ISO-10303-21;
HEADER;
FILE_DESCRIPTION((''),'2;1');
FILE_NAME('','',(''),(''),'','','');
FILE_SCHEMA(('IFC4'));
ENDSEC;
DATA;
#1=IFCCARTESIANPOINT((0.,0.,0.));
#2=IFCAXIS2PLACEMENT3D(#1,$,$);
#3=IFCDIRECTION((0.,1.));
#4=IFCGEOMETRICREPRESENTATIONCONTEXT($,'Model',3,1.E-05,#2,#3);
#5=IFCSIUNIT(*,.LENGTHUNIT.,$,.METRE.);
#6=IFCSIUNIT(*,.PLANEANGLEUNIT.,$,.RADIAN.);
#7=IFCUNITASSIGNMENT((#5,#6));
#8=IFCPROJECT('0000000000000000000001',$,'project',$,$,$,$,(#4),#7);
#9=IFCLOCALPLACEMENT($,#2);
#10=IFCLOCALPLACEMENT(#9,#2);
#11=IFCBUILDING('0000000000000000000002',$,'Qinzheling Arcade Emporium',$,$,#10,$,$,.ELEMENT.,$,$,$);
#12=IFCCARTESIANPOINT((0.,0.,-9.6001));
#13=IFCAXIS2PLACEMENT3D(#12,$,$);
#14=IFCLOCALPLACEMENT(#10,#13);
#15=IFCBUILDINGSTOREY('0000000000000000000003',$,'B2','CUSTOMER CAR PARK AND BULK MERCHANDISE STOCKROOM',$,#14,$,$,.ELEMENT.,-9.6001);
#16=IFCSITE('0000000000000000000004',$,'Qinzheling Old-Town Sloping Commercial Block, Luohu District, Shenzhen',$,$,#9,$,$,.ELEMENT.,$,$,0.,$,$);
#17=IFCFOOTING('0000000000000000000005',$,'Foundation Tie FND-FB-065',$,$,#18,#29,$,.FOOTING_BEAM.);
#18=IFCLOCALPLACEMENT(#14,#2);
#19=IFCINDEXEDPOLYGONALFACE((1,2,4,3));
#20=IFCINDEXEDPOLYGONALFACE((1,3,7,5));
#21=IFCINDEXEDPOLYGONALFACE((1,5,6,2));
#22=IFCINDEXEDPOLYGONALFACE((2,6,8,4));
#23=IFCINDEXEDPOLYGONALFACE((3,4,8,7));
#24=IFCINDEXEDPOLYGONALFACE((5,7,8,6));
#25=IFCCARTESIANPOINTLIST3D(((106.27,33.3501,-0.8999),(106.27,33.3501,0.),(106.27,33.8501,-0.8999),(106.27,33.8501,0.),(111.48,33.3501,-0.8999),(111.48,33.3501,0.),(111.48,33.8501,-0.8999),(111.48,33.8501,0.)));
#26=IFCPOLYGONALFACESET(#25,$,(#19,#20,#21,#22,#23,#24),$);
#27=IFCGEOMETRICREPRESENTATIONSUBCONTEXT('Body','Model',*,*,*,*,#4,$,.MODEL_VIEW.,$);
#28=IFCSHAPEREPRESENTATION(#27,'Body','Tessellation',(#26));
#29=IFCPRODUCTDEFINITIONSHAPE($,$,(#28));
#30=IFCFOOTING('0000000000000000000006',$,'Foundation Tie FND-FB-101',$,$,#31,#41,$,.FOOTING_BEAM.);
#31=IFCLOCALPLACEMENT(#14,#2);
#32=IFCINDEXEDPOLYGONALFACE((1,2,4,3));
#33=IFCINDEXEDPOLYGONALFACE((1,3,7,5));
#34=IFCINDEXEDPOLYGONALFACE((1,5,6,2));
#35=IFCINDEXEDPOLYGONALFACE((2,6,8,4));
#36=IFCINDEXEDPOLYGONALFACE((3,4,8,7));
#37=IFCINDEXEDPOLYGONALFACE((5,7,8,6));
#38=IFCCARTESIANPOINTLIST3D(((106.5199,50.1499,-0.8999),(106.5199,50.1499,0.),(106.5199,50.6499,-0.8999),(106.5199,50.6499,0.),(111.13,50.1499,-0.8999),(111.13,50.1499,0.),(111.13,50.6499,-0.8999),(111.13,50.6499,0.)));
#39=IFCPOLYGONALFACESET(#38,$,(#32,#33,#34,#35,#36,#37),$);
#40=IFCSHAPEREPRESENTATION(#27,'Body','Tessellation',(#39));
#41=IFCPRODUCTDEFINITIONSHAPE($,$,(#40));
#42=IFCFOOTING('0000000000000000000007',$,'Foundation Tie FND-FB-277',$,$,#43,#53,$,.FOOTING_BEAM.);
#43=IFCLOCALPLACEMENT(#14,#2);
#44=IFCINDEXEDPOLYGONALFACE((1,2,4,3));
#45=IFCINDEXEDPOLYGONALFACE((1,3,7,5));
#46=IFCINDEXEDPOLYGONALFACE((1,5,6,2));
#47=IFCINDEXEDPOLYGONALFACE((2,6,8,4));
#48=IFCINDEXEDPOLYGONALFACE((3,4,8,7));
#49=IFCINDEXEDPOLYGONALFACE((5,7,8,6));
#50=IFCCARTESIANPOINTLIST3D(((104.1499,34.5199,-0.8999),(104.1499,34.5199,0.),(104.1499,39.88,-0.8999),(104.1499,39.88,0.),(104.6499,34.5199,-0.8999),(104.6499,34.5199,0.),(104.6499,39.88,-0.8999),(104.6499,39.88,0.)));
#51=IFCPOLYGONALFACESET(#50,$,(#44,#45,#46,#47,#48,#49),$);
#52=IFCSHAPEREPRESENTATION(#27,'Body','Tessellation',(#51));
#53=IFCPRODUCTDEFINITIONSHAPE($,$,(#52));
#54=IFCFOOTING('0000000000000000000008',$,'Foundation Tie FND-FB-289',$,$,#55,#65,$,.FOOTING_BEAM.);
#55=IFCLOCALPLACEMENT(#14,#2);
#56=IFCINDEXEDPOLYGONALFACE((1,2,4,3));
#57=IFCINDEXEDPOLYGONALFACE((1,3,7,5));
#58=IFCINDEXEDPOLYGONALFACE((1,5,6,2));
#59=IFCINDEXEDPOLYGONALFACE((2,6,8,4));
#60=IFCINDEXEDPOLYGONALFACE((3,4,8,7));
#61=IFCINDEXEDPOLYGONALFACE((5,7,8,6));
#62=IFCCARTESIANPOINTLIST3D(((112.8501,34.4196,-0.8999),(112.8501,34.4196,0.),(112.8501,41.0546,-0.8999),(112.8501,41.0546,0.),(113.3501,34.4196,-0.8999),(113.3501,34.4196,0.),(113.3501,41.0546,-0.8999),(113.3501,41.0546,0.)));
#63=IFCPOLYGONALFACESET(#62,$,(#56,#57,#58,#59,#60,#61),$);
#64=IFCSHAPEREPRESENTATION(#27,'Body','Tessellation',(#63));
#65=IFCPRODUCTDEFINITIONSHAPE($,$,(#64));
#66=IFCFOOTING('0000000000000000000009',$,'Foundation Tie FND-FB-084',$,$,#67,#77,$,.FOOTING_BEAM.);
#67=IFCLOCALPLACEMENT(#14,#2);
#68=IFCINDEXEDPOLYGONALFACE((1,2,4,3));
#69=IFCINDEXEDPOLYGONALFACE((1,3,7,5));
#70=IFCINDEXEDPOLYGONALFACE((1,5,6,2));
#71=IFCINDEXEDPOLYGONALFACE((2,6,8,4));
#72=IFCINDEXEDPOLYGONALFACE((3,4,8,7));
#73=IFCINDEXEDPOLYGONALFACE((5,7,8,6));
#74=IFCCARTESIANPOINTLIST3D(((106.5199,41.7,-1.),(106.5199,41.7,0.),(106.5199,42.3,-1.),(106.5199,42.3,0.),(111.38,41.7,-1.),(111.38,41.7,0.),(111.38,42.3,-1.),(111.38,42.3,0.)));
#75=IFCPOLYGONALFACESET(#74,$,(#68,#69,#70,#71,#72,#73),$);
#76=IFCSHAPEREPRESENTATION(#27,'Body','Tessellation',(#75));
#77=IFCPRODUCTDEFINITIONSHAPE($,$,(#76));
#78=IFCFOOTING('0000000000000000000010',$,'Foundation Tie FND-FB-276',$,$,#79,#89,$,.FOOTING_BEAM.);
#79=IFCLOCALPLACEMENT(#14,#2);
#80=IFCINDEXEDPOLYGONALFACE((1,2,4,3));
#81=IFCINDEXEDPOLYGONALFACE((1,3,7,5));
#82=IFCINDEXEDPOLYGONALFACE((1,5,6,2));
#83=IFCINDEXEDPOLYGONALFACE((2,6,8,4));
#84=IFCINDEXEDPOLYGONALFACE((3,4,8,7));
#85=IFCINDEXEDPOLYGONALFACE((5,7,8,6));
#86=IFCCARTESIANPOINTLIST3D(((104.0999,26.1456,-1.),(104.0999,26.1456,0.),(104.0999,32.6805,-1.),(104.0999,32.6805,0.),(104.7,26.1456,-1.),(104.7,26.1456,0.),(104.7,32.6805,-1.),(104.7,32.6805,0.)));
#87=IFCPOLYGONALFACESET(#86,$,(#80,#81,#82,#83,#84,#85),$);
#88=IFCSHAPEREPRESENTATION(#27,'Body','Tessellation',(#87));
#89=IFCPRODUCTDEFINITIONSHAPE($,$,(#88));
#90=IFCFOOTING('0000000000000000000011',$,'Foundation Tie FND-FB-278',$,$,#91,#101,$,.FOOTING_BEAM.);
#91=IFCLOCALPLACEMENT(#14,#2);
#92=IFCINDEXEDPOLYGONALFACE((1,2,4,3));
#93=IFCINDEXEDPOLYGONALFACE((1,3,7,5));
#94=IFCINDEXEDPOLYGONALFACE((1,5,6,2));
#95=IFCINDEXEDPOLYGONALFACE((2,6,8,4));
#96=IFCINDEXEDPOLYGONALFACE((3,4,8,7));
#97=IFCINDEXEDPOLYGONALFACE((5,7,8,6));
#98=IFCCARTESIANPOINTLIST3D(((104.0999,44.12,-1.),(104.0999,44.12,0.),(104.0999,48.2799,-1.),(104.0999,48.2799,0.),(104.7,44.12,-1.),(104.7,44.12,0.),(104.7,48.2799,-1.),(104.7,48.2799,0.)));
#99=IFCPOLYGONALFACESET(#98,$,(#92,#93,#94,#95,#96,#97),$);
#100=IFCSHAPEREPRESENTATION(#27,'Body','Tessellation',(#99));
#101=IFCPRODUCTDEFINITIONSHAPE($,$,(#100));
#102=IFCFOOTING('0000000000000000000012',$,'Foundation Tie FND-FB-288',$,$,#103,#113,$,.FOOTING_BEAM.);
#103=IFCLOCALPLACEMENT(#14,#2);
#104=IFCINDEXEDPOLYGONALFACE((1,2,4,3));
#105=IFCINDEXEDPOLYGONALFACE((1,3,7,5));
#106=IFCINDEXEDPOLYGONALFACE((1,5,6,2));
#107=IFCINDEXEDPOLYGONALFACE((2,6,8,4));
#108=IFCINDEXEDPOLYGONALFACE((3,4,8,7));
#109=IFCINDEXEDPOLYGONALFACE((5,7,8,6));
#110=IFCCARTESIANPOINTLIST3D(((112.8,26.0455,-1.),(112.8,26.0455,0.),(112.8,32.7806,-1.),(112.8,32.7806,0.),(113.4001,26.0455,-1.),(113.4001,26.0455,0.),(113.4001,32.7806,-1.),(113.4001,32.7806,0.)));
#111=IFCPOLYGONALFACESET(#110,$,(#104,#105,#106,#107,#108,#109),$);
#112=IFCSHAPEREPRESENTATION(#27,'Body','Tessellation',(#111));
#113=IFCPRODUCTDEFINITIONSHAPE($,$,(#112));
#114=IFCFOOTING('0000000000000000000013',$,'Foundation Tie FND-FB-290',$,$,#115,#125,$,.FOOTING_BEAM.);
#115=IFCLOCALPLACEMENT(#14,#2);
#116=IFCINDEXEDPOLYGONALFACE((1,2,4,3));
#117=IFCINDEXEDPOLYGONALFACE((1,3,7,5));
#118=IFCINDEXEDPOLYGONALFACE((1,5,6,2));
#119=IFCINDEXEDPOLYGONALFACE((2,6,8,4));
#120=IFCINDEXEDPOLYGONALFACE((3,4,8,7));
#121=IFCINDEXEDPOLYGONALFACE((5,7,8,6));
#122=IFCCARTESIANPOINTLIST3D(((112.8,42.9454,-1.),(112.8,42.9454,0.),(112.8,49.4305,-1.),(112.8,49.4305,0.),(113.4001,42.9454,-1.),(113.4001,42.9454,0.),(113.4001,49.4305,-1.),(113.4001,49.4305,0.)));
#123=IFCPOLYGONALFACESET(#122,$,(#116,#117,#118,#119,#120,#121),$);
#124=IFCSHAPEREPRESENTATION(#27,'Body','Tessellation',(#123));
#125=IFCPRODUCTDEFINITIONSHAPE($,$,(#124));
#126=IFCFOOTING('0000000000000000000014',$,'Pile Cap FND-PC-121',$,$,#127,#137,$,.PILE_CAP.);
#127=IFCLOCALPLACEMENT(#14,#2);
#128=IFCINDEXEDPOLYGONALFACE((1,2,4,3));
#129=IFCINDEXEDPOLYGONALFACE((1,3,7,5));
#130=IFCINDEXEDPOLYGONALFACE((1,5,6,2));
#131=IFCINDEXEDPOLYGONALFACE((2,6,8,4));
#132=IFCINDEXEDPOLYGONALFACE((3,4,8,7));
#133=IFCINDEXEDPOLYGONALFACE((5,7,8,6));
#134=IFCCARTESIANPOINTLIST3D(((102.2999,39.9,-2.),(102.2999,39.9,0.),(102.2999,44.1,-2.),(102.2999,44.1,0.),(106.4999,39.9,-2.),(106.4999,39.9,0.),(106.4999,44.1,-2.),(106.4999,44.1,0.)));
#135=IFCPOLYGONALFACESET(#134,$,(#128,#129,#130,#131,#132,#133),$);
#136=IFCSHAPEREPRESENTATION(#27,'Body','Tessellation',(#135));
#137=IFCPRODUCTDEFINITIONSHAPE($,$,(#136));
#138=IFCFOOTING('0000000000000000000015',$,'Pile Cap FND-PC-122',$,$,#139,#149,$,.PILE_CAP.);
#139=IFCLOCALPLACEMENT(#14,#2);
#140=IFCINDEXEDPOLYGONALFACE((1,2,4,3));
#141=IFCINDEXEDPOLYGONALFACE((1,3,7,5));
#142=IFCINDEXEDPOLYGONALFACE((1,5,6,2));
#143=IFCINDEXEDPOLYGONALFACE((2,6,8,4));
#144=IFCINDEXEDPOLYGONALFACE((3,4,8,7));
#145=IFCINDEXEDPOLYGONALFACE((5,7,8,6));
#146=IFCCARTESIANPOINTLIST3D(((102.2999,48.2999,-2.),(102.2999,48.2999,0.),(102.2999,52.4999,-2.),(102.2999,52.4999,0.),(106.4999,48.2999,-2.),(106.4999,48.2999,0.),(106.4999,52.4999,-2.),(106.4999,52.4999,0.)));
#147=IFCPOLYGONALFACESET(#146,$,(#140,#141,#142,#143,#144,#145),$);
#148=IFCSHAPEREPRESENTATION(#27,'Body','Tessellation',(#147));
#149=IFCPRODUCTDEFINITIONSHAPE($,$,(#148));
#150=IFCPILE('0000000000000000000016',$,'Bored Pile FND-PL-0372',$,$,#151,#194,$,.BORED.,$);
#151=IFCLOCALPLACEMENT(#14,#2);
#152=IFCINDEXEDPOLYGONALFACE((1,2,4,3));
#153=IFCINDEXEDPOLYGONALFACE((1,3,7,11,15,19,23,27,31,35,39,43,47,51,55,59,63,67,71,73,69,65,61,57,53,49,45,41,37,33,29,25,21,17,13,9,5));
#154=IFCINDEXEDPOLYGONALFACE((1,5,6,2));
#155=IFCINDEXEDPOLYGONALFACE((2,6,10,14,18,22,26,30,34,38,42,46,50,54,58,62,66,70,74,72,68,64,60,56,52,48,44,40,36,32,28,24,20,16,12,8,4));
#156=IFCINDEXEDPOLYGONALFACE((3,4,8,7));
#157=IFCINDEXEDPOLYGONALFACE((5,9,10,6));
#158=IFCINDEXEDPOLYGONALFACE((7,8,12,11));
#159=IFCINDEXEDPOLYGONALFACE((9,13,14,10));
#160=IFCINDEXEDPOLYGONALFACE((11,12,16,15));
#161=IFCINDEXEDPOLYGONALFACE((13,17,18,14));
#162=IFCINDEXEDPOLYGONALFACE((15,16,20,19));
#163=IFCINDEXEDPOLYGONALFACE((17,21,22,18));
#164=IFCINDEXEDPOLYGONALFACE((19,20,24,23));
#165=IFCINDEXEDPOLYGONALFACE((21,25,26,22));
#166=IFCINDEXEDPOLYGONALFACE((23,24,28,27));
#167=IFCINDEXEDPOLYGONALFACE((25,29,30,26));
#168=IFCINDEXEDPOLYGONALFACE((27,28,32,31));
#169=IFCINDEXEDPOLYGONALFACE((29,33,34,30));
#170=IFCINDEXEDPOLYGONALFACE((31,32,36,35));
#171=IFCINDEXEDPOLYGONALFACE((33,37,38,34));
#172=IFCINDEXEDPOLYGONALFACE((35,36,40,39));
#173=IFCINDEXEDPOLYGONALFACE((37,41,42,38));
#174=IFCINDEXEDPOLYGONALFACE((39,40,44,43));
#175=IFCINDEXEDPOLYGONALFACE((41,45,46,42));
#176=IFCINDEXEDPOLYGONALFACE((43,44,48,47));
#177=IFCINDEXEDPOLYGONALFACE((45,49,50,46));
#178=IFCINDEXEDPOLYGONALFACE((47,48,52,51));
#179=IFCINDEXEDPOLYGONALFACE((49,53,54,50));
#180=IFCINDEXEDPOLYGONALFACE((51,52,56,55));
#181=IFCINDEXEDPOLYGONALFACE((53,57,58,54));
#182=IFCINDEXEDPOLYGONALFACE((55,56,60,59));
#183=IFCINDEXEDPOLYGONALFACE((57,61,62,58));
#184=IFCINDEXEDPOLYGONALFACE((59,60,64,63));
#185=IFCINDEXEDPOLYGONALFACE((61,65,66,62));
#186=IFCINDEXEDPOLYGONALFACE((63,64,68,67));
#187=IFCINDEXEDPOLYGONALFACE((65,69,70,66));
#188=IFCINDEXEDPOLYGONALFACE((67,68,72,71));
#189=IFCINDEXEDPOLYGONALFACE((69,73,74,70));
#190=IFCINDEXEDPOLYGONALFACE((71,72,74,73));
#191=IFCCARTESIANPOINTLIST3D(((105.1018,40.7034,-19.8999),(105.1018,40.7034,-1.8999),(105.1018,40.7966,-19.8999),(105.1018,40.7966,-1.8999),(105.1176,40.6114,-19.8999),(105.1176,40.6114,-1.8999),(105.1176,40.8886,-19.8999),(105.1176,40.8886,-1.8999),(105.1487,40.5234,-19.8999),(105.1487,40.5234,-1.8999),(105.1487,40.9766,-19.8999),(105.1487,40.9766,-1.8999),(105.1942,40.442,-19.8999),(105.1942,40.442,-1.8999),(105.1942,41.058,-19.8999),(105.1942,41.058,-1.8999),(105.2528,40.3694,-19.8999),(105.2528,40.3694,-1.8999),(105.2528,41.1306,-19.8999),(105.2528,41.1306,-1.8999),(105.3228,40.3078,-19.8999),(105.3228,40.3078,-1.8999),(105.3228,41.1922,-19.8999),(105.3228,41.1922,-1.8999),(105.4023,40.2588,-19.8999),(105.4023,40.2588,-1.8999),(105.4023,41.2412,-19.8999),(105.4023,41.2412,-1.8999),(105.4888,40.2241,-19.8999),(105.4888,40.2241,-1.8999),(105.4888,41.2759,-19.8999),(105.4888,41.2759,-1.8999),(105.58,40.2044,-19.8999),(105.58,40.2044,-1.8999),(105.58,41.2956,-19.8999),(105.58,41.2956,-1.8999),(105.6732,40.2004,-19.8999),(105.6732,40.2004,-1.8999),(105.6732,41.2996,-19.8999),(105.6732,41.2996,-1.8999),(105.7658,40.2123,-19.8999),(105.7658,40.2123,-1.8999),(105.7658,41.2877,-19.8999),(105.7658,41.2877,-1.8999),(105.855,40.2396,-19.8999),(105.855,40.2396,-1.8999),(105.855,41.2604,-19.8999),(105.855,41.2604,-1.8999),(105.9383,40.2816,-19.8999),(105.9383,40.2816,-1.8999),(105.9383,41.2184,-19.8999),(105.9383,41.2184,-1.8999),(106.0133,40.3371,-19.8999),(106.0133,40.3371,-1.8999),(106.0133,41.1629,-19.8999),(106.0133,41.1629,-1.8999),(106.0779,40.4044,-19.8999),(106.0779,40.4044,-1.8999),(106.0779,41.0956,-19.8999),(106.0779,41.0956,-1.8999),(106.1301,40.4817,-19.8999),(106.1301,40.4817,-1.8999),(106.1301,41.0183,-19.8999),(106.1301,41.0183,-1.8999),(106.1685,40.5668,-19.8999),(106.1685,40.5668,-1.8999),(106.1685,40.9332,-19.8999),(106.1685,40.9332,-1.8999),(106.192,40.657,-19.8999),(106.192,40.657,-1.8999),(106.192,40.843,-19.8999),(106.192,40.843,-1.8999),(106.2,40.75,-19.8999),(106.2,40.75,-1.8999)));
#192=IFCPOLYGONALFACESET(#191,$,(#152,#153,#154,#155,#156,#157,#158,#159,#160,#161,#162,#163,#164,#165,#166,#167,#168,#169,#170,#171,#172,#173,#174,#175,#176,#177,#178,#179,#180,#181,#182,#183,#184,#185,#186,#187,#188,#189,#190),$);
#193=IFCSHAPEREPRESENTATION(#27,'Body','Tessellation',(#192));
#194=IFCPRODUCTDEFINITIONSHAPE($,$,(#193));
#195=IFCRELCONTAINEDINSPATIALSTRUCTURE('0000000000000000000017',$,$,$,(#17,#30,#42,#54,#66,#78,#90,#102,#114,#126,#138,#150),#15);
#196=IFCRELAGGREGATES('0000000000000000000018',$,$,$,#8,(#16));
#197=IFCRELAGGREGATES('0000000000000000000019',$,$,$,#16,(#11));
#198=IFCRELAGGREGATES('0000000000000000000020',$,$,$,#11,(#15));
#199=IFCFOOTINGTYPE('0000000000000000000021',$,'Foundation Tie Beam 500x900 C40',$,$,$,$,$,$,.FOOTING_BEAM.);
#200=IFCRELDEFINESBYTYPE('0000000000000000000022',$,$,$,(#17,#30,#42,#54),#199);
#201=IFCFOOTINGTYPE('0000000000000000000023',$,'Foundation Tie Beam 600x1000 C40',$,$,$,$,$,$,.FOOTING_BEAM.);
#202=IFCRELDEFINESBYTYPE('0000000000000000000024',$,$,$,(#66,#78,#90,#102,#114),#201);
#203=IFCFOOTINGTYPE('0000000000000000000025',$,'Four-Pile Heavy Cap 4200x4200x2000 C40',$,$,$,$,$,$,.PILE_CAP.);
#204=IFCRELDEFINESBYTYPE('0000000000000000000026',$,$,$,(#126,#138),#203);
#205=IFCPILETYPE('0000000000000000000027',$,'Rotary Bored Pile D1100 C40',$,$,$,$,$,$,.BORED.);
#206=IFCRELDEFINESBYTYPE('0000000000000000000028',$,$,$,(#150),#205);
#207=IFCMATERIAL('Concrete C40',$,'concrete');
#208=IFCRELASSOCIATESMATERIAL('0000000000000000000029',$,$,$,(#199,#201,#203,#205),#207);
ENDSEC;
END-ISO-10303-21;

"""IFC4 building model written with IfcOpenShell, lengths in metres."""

from ifc_helpers import new_model, si_unit, direction, frame, origin, origin_2d, place, context, subcontext, project, spatial, rectangle, circle, extrude, material, material_profile, profile_set, type_object, element, save


model = new_model("IFC4")

# Units and contexts
model_context = context("Model", 3, precision=1e-05, world=origin(), true_north=direction((0.0, 1.0)))
body_context = subcontext(model_context, "Body", "Model", "MODEL_VIEW")
ifc_project = project(units=[si_unit("LENGTHUNIT", "METRE"), si_unit("PLANEANGLEUNIT", "RADIAN")], contexts=[model_context])

# Site, building, storey
site_placement = place(None, origin())
site = spatial("IfcSite", under=ifc_project, at=site_placement, Name="Qinzheling Old-Town Sloping Commercial Block, Luohu District, Shenzhen", CompositionType="ELEMENT", RefElevation=0.0)
building_placement = place(site_placement, origin())
building = spatial("IfcBuilding", under=site, at=building_placement, Name="Qinzheling Arcade Emporium", CompositionType="ELEMENT")
storey_placement = place(building_placement, frame((0.0, 0.0, -9.6001)))
storey = spatial("IfcBuildingStorey", under=building, at=storey_placement, Name="B2", Description="CUSTOMER CAR PARK AND BULK MERCHANDISE STOCKROOM", CompositionType="ELEMENT", Elevation=-9.6001)

# Footings
ifc_material_1 = material(Name="Concrete C40", Category="concrete")
footing_type_1 = type_object("IfcFootingType", Name="Foundation Tie Beam 500x900 C40", PredefinedType="FOOTING_BEAM", material=ifc_material_1)
footing_1_placement = place(storey_placement, frame((108.875, 33.6001, -0.8999), z_axis=(0.0, 0.0, 1.0), x_axis=(1.0, 0.0, 0.0)))
element("IfcFooting", 1, at=footing_1_placement, inside=storey, type_object=footing_type_1, Name="Foundation Tie FND-FB-065", PredefinedType="FOOTING_BEAM", context=body_context, shape_type="SweptSolid", body=[
    extrude(rectangle(XDim=5.21, YDim=0.5, at=origin_2d()), origin(), (0.0, 0.0, 1.0), 0.8999),
])
footing_2_placement = place(storey_placement, frame((108.825, 50.3999, -0.8999), z_axis=(0.0, 0.0, 1.0), x_axis=(1.0, 0.0, 0.0)))
element("IfcFooting", 2, at=footing_2_placement, inside=storey, type_object=footing_type_1, Name="Foundation Tie FND-FB-101", PredefinedType="FOOTING_BEAM", context=body_context, shape_type="SweptSolid", body=[
    extrude(rectangle(XDim=4.6101, YDim=0.5, at=origin_2d()), origin(), (0.0, 0.0, 1.0), 0.8999),
])
footing_3_placement = place(storey_placement, frame((104.3999, 37.2, -0.8999), z_axis=(0.0, 0.0, 1.0), x_axis=(1.0, 0.0, 0.0)))
element("IfcFooting", 3, at=footing_3_placement, inside=storey, type_object=footing_type_1, Name="Foundation Tie FND-FB-277", PredefinedType="FOOTING_BEAM", context=body_context, shape_type="SweptSolid", body=[
    extrude(rectangle(XDim=0.5, YDim=5.3601, at=origin_2d()), origin(), (0.0, 0.0, 1.0), 0.8999),
])
footing_4_placement = place(storey_placement, frame((113.1001, 37.7371, -0.8999), z_axis=(0.0, 0.0, 1.0), x_axis=(1.0, 0.0, 0.0)))
element("IfcFooting", 4, at=footing_4_placement, inside=storey, type_object=footing_type_1, Name="Foundation Tie FND-FB-289", PredefinedType="FOOTING_BEAM", context=body_context, shape_type="SweptSolid", body=[
    extrude(rectangle(XDim=0.5, YDim=6.635, at=origin_2d()), origin(), (0.0, 0.0, 1.0), 0.8999),
])
footing_type_2 = type_object("IfcFootingType", Name="Foundation Tie Beam 600x1000 C40", PredefinedType="FOOTING_BEAM", material=ifc_material_1)
footing_5_placement = place(storey_placement, frame((108.95, 42.0, -1.0), z_axis=(0.0, 0.0, 1.0), x_axis=(1.0, 0.0, 0.0)))
element("IfcFooting", 5, at=footing_5_placement, inside=storey, type_object=footing_type_2, Name="Foundation Tie FND-FB-084", PredefinedType="FOOTING_BEAM", context=body_context, shape_type="SweptSolid", body=[
    extrude(rectangle(XDim=4.8601, YDim=0.6001, at=origin_2d()), origin(), (0.0, 0.0, 1.0), 1.0),
])
footing_6_placement = place(storey_placement, frame((104.3999, 29.4131, -1.0), z_axis=(0.0, 0.0, 1.0), x_axis=(1.0, 0.0, 0.0)))
element("IfcFooting", 6, at=footing_6_placement, inside=storey, type_object=footing_type_2, Name="Foundation Tie FND-FB-276", PredefinedType="FOOTING_BEAM", context=body_context, shape_type="SweptSolid", body=[
    extrude(rectangle(XDim=0.6001, YDim=6.5349, at=origin_2d()), origin(), (0.0, 0.0, 1.0), 1.0),
])
footing_7_placement = place(storey_placement, frame((104.3999, 46.2, -1.0), z_axis=(0.0, 0.0, 1.0), x_axis=(1.0, 0.0, 0.0)))
element("IfcFooting", 7, at=footing_7_placement, inside=storey, type_object=footing_type_2, Name="Foundation Tie FND-FB-278", PredefinedType="FOOTING_BEAM", context=body_context, shape_type="SweptSolid", body=[
    extrude(rectangle(XDim=0.6001, YDim=4.1599, at=origin_2d()), origin(), (0.0, 0.0, 1.0), 1.0),
])
footing_8_placement = place(storey_placement, frame((113.1001, 29.4131, -1.0), z_axis=(0.0, 0.0, 1.0), x_axis=(1.0, 0.0, 0.0)))
element("IfcFooting", 8, at=footing_8_placement, inside=storey, type_object=footing_type_2, Name="Foundation Tie FND-FB-288", PredefinedType="FOOTING_BEAM", context=body_context, shape_type="SweptSolid", body=[
    extrude(rectangle(XDim=0.6001, YDim=6.7351, at=origin_2d()), origin(), (0.0, 0.0, 1.0), 1.0),
])
footing_9_placement = place(storey_placement, frame((113.1001, 46.188, -1.0), z_axis=(0.0, 0.0, 1.0), x_axis=(1.0, 0.0, 0.0)))
element("IfcFooting", 9, at=footing_9_placement, inside=storey, type_object=footing_type_2, Name="Foundation Tie FND-FB-290", PredefinedType="FOOTING_BEAM", context=body_context, shape_type="SweptSolid", body=[
    extrude(rectangle(XDim=0.6001, YDim=6.4851, at=origin_2d()), origin(), (0.0, 0.0, 1.0), 1.0),
])
footing_type_3 = type_object("IfcFootingType", Name="Four-Pile Heavy Cap 4200x4200x2000 C40", PredefinedType="PILE_CAP", material=ifc_material_1)
for number, where, z_axis, x_axis, name in (
    (10, (104.3999, 42.0, -2.0), (0.0, 0.0, 1.0), (1.0, 0.0, 0.0), "Pile Cap FND-PC-121"),
    (11, (104.3999, 50.3999, -2.0), (0.0, 0.0, 1.0), (1.0, 0.0, 0.0), "Pile Cap FND-PC-122"),
):
    element("IfcFooting", number, at=place(storey_placement, frame(where, z_axis=z_axis, x_axis=x_axis)), inside=storey, type_object=footing_type_3, Name=name, PredefinedType="PILE_CAP", context=body_context, shape_type="SweptSolid", body=[
        extrude(rectangle(XDim=4.2, YDim=4.2, at=origin_2d()), origin(), (0.0, 0.0, 1.0), 2.0),
    ])

# Pile
ifc_material_profile_1 = material_profile(ifc_material_1, circle(Radius=0.55, at=origin_2d()), Name="BORED D1100", Category="concrete")
ifc_profile_set_1 = profile_set([ifc_material_profile_1], Name="Concrete C40")
pile_type_1 = type_object("IfcPileType", Name="Rotary Bored Pile D1100 C40", PredefinedType="BORED", material=ifc_profile_set_1)
for number, where, z_axis, x_axis, name in (
    (12, (105.6499, 40.75, -1.8999), (0.0, 0.0, -1.0), (1.0, 0.0, 0.0), "Bored Pile FND-PL-0372"),
):
    element("IfcPile", number, at=place(storey_placement, frame(where, z_axis=z_axis, x_axis=x_axis)), inside=storey, type_object=pile_type_1, Name=name, PredefinedType="BORED", context=body_context, shape_type="SweptSolid", body=[
        extrude(circle(Radius=0.55, at=origin_2d()), origin(), (0.0, 0.0, 1.0), 18.0),
    ])

save(model, "model.ifc")
